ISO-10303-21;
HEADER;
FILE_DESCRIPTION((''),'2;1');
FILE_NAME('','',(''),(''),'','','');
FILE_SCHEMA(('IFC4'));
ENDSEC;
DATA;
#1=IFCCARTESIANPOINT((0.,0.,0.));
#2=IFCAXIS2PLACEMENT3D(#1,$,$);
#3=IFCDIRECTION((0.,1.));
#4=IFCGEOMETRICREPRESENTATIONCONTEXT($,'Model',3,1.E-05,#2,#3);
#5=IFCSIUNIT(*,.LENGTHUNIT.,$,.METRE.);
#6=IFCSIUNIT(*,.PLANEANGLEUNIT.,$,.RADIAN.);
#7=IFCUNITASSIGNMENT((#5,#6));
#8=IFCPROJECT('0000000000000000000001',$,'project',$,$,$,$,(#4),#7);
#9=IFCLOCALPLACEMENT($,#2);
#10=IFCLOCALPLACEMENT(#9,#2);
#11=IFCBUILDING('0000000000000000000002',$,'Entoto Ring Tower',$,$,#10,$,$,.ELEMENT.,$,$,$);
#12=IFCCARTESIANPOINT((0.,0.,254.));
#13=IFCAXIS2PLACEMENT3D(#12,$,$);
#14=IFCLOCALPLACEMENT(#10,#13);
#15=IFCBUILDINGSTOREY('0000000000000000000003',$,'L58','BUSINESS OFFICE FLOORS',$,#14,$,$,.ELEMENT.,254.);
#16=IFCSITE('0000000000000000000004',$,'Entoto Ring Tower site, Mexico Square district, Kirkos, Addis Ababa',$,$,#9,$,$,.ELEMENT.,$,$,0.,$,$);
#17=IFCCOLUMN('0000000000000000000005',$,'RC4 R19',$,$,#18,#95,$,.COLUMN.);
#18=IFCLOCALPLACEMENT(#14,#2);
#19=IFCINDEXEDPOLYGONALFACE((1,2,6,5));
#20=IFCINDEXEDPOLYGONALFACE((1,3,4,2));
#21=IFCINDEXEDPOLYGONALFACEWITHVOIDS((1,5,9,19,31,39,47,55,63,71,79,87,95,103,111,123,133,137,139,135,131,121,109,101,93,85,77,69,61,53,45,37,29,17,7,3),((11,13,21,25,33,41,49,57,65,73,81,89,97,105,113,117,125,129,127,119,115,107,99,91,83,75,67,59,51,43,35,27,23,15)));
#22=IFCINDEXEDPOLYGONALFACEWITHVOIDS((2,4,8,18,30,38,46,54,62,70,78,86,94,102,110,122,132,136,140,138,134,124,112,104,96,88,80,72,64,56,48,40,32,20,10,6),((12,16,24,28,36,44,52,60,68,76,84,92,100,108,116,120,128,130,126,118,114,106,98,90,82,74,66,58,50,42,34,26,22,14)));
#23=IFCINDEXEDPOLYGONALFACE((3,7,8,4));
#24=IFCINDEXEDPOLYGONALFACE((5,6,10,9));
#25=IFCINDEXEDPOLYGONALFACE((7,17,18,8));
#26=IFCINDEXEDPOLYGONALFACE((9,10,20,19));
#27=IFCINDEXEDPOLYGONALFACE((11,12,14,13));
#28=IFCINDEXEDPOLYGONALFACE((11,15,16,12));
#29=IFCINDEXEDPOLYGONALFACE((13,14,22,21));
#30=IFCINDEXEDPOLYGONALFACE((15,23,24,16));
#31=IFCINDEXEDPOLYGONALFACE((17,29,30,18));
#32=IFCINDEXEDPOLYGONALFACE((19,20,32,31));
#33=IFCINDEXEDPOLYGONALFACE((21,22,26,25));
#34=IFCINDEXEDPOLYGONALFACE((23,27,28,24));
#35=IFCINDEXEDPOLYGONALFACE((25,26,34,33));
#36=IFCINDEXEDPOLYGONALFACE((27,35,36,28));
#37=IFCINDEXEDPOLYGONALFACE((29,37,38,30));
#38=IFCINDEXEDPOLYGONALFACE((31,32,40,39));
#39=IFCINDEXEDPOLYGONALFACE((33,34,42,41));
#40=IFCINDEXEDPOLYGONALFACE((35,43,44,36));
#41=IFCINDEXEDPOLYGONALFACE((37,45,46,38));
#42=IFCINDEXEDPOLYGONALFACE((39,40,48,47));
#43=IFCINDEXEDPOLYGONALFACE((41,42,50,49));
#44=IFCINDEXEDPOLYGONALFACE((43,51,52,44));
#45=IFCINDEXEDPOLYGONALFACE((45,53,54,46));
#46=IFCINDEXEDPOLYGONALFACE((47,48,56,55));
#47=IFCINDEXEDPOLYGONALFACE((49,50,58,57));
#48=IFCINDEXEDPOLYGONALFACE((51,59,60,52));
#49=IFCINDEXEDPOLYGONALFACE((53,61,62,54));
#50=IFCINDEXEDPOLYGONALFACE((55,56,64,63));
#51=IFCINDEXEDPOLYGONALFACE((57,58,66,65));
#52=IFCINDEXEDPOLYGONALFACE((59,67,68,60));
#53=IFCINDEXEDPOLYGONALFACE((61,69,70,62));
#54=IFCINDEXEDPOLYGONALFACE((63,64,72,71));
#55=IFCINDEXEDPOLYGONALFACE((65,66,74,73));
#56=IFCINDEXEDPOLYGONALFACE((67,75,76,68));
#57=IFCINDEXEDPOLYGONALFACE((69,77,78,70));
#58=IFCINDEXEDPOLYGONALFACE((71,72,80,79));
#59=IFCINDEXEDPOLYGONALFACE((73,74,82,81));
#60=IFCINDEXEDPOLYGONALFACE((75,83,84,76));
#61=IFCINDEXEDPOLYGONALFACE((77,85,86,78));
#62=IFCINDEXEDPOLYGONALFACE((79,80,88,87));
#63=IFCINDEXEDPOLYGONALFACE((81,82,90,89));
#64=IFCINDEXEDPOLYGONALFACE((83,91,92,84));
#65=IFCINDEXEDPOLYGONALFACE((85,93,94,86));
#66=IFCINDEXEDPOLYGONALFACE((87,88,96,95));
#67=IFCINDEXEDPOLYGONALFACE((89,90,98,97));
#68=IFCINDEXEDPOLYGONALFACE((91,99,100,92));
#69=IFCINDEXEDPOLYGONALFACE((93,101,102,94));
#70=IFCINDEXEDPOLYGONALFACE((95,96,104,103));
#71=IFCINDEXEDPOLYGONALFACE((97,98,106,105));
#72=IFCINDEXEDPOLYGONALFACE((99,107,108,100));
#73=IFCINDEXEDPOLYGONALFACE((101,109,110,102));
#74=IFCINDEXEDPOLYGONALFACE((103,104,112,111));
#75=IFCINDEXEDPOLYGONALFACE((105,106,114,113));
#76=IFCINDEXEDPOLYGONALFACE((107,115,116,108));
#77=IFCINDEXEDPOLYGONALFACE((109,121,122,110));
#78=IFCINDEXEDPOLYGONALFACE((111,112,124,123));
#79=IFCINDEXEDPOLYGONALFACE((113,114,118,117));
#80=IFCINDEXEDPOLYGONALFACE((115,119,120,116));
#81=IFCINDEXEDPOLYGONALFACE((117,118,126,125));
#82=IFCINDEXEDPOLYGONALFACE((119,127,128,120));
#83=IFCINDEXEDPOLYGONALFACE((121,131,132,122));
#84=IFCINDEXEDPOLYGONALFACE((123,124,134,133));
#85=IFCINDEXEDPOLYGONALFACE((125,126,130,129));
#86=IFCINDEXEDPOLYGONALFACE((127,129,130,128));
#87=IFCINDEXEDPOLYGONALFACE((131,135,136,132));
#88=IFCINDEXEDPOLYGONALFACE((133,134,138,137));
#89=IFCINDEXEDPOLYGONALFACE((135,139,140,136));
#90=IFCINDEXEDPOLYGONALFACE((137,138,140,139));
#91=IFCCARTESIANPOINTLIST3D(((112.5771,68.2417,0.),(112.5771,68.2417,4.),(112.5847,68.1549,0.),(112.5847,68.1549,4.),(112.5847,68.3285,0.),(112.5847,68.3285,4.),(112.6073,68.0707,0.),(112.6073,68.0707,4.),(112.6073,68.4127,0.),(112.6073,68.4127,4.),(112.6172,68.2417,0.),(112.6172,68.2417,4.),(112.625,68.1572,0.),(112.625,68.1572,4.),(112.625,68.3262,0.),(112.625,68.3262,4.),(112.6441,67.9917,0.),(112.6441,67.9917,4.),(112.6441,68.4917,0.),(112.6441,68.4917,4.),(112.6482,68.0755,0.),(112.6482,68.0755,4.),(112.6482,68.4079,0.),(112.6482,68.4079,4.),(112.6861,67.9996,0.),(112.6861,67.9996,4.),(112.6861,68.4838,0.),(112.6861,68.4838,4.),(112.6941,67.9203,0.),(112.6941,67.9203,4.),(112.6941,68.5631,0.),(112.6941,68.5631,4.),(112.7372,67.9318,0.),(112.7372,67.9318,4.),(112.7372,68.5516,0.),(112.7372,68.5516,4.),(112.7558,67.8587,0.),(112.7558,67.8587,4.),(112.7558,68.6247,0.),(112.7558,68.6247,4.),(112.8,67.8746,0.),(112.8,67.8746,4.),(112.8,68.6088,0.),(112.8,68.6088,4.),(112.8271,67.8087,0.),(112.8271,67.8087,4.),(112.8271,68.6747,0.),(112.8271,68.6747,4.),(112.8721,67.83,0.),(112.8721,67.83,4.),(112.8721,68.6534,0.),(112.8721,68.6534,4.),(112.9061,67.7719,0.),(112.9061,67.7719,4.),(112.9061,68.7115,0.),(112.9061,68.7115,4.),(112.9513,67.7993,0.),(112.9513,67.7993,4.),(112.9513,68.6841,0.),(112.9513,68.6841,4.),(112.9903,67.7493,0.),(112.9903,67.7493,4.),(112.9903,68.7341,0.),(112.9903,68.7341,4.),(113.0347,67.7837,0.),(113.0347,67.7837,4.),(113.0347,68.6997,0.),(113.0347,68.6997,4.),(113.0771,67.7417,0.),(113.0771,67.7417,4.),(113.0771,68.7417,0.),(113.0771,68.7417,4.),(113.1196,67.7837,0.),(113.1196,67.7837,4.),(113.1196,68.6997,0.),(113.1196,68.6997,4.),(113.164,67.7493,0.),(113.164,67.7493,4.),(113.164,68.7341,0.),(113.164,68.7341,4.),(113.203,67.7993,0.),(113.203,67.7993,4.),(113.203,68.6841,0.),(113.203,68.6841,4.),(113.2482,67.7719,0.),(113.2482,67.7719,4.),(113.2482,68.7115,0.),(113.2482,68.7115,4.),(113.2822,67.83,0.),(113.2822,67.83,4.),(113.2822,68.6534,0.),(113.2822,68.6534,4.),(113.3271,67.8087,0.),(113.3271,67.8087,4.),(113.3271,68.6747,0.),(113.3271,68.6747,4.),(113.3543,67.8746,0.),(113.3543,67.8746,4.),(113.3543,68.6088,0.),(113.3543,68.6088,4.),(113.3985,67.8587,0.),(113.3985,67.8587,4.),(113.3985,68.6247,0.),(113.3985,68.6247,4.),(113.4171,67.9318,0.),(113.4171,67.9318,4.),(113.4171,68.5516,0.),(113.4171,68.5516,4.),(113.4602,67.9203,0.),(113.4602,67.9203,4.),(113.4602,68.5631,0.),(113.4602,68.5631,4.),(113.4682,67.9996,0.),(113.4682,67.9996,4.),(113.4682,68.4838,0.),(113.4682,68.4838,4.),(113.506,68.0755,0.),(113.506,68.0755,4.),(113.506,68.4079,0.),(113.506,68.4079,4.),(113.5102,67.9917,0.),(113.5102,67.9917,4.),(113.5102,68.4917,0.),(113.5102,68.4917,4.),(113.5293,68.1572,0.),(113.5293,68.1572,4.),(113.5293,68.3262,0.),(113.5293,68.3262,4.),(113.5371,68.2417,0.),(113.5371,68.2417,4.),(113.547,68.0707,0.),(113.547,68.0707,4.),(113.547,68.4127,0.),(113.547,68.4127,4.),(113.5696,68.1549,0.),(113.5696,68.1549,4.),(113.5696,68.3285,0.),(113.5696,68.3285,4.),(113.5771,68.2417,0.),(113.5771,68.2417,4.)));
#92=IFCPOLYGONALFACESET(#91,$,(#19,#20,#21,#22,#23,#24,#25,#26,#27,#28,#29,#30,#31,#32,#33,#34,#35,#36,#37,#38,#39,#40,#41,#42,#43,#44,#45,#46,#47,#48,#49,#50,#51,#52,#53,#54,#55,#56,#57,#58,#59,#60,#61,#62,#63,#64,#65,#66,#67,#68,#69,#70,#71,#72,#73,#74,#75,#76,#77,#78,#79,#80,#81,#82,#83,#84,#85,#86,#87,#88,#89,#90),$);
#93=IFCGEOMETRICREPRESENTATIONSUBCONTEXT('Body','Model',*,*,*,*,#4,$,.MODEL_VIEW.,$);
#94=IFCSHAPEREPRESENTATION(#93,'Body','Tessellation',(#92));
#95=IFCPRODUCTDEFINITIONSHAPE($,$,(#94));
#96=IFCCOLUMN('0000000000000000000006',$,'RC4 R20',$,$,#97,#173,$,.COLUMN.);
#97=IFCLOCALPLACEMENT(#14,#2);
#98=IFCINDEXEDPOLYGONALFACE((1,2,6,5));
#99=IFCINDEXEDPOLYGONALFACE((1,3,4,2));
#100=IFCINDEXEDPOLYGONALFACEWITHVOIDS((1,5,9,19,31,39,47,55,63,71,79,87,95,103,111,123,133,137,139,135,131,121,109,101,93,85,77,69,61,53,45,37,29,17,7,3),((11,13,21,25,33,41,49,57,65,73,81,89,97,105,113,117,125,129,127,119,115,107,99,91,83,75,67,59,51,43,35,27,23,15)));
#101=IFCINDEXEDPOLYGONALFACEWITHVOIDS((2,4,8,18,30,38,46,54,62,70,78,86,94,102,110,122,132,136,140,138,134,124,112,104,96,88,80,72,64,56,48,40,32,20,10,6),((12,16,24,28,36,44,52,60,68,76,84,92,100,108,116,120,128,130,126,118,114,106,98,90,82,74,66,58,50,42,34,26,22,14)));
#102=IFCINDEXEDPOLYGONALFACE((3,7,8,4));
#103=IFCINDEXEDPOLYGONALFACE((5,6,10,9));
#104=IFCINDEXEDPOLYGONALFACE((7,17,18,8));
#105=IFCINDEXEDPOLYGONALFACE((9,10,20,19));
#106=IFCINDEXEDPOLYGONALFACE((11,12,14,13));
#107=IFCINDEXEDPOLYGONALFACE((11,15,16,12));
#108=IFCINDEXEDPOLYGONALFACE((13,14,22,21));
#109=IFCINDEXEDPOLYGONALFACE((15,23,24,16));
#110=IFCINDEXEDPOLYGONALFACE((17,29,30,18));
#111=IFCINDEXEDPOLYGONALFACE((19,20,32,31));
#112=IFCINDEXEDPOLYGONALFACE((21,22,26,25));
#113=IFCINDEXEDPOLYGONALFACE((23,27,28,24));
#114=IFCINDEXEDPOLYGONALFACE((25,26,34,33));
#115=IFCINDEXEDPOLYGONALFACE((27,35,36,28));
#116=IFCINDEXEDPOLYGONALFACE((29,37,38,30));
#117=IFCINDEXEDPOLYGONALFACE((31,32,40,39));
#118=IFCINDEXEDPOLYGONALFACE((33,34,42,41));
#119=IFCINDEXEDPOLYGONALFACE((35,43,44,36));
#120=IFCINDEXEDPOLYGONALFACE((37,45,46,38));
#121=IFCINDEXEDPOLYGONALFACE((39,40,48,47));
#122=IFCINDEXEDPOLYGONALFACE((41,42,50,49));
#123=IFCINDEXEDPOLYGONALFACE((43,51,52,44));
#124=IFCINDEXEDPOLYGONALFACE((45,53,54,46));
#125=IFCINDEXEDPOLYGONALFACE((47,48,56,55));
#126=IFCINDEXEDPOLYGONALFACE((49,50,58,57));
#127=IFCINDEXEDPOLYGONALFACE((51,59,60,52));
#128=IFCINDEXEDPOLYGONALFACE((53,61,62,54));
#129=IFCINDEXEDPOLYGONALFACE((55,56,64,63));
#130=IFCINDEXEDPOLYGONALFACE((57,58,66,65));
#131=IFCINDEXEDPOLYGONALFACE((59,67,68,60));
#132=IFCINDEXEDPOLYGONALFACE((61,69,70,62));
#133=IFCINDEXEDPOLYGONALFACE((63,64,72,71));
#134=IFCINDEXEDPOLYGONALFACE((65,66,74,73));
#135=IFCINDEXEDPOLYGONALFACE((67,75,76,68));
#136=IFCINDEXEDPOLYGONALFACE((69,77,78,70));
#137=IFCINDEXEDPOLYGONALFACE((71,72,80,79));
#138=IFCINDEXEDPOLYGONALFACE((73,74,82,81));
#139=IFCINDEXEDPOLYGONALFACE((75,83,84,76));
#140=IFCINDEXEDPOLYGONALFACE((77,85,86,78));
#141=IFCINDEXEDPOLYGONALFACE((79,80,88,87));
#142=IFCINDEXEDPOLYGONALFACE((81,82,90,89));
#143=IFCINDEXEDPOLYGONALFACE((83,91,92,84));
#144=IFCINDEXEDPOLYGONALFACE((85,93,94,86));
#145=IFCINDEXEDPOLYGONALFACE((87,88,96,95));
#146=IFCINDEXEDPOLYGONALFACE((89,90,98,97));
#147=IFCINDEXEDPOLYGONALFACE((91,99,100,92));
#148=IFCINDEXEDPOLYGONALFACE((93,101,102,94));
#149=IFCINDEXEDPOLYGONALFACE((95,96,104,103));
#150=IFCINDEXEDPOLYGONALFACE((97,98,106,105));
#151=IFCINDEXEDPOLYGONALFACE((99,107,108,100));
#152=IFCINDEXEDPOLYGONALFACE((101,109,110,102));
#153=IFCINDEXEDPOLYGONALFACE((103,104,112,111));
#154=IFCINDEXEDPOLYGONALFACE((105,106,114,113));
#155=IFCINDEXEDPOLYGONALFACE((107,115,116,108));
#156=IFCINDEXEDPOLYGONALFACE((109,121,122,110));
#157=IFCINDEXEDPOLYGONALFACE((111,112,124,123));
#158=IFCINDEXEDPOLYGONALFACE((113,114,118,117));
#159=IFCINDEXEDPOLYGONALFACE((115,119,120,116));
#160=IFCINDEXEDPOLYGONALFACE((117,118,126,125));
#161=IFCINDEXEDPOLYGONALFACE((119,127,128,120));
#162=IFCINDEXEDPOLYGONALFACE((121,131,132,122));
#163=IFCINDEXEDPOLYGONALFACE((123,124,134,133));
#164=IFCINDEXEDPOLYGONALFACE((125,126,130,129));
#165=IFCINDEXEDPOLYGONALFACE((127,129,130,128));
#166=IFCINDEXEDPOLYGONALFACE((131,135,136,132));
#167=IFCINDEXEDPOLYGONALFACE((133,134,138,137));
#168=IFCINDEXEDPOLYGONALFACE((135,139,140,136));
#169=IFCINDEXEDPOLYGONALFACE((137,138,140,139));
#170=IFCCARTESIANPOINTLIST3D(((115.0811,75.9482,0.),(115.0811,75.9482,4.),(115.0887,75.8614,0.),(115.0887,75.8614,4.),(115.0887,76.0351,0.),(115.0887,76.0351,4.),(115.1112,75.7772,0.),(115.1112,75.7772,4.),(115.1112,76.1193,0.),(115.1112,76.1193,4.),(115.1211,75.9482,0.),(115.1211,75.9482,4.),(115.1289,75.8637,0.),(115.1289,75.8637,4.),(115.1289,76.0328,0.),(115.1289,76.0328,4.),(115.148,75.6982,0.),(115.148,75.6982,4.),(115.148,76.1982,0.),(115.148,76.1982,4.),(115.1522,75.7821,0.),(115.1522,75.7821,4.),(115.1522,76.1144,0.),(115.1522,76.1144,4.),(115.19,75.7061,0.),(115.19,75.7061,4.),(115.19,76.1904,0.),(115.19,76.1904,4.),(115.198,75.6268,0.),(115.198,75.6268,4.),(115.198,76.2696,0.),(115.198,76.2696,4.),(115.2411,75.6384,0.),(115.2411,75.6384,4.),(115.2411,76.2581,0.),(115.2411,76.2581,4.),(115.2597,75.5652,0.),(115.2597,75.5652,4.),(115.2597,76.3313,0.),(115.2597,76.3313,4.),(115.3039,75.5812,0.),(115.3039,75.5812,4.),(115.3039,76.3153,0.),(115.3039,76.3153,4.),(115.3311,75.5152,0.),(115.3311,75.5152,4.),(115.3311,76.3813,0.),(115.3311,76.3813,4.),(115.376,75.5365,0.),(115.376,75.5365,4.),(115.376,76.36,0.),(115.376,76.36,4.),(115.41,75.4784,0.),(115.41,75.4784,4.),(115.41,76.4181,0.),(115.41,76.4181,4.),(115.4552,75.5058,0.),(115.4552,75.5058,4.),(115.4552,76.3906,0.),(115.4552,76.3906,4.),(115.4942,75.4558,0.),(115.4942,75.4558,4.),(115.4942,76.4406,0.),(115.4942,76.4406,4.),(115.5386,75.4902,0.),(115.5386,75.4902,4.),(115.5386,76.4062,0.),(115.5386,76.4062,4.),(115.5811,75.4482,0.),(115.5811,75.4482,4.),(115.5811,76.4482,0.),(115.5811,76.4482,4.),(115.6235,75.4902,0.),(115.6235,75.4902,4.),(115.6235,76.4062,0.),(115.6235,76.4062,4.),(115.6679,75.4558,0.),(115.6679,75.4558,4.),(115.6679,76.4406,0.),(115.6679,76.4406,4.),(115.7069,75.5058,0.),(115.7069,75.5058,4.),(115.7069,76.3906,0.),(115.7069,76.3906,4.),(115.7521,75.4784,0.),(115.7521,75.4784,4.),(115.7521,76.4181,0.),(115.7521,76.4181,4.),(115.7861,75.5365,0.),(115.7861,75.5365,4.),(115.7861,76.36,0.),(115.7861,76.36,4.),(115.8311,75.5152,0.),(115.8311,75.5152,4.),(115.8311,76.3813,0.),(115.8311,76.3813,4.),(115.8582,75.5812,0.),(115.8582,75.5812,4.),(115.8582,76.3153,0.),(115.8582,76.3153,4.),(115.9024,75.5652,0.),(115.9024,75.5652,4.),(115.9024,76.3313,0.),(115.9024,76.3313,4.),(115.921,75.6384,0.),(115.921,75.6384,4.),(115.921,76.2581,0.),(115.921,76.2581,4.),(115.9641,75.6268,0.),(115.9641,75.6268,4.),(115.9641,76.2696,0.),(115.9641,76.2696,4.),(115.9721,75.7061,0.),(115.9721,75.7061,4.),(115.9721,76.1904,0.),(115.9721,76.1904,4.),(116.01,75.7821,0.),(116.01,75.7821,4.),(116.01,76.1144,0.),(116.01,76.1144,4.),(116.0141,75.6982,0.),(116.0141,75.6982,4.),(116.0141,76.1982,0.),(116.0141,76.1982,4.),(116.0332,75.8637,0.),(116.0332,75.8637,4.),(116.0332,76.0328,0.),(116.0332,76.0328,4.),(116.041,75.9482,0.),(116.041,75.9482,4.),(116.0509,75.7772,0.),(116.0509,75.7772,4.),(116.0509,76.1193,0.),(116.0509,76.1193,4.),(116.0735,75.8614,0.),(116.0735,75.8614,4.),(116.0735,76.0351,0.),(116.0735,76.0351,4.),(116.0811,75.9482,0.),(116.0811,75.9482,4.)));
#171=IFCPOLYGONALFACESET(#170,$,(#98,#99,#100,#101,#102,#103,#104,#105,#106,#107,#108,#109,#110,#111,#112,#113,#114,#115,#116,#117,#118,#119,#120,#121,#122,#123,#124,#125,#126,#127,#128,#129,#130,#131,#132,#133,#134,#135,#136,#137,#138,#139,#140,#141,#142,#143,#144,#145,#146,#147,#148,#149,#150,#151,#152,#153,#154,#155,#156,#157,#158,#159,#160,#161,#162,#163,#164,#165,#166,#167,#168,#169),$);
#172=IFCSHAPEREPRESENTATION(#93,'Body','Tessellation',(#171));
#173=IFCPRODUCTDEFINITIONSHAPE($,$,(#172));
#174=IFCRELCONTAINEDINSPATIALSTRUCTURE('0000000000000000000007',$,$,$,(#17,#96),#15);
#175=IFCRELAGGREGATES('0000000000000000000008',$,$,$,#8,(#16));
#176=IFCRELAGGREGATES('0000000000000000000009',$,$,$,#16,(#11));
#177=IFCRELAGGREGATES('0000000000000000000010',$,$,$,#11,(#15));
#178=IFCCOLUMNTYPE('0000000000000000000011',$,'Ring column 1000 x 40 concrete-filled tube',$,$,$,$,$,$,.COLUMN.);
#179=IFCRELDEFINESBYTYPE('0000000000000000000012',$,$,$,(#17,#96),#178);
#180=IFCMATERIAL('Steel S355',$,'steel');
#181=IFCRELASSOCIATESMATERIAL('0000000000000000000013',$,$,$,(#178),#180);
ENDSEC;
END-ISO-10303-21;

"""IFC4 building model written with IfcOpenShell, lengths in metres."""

from ifc_helpers import new_model, si_unit, direction, frame, origin, origin_2d, place, context, subcontext, project, spatial, circle, hollow_circle, extrude, material, material_profile, profile_set, type_object, element, save


model = new_model("IFC4")

# Units and contexts
model_context = context("Model", 3, precision=1e-05, world=origin(), true_north=direction((0.0, 1.0)))
body_context = subcontext(model_context, "Body", "Model", "MODEL_VIEW")
ifc_project = project(units=[si_unit("LENGTHUNIT", "METRE"), si_unit("PLANEANGLEUNIT", "RADIAN")], contexts=[model_context])

# Site, building, storey
site_placement = place(None, origin())
site = spatial("IfcSite", under=ifc_project, at=site_placement, Name="Entoto Ring Tower site, Mexico Square district, Kirkos, Addis Ababa", CompositionType="ELEMENT", RefElevation=0.0)
building_placement = place(site_placement, origin())
building = spatial("IfcBuilding", under=site, at=building_placement, Name="Entoto Ring Tower", CompositionType="ELEMENT")
storey_placement = place(building_placement, frame((0.0, 0.0, 254.0)))
storey = spatial("IfcBuildingStorey", under=building, at=storey_placement, Name="L58", Description="BUSINESS OFFICE FLOORS", CompositionType="ELEMENT", Elevation=254.0)

# Columns
ifc_material_1 = material(Name="Steel S355", Category="steel")
ifc_material_profile_1 = material_profile(ifc_material_1, hollow_circle(Radius=0.5, WallThickness=0.04, at=origin_2d()), Name="CHS 1000 x 40")
ifc_material_2 = material(Name="Concrete C60/75", Category="concrete")
ifc_material_profile_2 = material_profile(ifc_material_2, circle(Radius=0.46, at=origin_2d()), Name="Concrete C60/75 infill")
ifc_profile_set_1 = profile_set([ifc_material_profile_1, ifc_material_profile_2], Name="Steel S355")
column_type = type_object("IfcColumnType", Name="Ring column 1000 x 40 concrete-filled tube", PredefinedType="COLUMN", material=ifc_profile_set_1)
for number, where, z_axis, x_axis, name in (
    (1, (113.0771, 68.2417, 0.0), (0.0, 0.0, 1.0), (1.0, 0.0, 0.0), "RC4 R19"),
    (2, (115.5811, 75.9482, 0.0), (0.0, 0.0, 1.0), (1.0, 0.0, 0.0), "RC4 R20"),
):
    element("IfcColumn", number, at=place(storey_placement, frame(where, z_axis=z_axis, x_axis=x_axis)), inside=storey, type_object=column_type, Name=name, PredefinedType="COLUMN", context=body_context, shape_type="SweptSolid", body=[
        extrude(hollow_circle(Radius=0.5, WallThickness=0.04, at=origin_2d()), origin(), (0.0, 0.0, 1.0), 4.0),
    ])

save(model, "model.ifc")
